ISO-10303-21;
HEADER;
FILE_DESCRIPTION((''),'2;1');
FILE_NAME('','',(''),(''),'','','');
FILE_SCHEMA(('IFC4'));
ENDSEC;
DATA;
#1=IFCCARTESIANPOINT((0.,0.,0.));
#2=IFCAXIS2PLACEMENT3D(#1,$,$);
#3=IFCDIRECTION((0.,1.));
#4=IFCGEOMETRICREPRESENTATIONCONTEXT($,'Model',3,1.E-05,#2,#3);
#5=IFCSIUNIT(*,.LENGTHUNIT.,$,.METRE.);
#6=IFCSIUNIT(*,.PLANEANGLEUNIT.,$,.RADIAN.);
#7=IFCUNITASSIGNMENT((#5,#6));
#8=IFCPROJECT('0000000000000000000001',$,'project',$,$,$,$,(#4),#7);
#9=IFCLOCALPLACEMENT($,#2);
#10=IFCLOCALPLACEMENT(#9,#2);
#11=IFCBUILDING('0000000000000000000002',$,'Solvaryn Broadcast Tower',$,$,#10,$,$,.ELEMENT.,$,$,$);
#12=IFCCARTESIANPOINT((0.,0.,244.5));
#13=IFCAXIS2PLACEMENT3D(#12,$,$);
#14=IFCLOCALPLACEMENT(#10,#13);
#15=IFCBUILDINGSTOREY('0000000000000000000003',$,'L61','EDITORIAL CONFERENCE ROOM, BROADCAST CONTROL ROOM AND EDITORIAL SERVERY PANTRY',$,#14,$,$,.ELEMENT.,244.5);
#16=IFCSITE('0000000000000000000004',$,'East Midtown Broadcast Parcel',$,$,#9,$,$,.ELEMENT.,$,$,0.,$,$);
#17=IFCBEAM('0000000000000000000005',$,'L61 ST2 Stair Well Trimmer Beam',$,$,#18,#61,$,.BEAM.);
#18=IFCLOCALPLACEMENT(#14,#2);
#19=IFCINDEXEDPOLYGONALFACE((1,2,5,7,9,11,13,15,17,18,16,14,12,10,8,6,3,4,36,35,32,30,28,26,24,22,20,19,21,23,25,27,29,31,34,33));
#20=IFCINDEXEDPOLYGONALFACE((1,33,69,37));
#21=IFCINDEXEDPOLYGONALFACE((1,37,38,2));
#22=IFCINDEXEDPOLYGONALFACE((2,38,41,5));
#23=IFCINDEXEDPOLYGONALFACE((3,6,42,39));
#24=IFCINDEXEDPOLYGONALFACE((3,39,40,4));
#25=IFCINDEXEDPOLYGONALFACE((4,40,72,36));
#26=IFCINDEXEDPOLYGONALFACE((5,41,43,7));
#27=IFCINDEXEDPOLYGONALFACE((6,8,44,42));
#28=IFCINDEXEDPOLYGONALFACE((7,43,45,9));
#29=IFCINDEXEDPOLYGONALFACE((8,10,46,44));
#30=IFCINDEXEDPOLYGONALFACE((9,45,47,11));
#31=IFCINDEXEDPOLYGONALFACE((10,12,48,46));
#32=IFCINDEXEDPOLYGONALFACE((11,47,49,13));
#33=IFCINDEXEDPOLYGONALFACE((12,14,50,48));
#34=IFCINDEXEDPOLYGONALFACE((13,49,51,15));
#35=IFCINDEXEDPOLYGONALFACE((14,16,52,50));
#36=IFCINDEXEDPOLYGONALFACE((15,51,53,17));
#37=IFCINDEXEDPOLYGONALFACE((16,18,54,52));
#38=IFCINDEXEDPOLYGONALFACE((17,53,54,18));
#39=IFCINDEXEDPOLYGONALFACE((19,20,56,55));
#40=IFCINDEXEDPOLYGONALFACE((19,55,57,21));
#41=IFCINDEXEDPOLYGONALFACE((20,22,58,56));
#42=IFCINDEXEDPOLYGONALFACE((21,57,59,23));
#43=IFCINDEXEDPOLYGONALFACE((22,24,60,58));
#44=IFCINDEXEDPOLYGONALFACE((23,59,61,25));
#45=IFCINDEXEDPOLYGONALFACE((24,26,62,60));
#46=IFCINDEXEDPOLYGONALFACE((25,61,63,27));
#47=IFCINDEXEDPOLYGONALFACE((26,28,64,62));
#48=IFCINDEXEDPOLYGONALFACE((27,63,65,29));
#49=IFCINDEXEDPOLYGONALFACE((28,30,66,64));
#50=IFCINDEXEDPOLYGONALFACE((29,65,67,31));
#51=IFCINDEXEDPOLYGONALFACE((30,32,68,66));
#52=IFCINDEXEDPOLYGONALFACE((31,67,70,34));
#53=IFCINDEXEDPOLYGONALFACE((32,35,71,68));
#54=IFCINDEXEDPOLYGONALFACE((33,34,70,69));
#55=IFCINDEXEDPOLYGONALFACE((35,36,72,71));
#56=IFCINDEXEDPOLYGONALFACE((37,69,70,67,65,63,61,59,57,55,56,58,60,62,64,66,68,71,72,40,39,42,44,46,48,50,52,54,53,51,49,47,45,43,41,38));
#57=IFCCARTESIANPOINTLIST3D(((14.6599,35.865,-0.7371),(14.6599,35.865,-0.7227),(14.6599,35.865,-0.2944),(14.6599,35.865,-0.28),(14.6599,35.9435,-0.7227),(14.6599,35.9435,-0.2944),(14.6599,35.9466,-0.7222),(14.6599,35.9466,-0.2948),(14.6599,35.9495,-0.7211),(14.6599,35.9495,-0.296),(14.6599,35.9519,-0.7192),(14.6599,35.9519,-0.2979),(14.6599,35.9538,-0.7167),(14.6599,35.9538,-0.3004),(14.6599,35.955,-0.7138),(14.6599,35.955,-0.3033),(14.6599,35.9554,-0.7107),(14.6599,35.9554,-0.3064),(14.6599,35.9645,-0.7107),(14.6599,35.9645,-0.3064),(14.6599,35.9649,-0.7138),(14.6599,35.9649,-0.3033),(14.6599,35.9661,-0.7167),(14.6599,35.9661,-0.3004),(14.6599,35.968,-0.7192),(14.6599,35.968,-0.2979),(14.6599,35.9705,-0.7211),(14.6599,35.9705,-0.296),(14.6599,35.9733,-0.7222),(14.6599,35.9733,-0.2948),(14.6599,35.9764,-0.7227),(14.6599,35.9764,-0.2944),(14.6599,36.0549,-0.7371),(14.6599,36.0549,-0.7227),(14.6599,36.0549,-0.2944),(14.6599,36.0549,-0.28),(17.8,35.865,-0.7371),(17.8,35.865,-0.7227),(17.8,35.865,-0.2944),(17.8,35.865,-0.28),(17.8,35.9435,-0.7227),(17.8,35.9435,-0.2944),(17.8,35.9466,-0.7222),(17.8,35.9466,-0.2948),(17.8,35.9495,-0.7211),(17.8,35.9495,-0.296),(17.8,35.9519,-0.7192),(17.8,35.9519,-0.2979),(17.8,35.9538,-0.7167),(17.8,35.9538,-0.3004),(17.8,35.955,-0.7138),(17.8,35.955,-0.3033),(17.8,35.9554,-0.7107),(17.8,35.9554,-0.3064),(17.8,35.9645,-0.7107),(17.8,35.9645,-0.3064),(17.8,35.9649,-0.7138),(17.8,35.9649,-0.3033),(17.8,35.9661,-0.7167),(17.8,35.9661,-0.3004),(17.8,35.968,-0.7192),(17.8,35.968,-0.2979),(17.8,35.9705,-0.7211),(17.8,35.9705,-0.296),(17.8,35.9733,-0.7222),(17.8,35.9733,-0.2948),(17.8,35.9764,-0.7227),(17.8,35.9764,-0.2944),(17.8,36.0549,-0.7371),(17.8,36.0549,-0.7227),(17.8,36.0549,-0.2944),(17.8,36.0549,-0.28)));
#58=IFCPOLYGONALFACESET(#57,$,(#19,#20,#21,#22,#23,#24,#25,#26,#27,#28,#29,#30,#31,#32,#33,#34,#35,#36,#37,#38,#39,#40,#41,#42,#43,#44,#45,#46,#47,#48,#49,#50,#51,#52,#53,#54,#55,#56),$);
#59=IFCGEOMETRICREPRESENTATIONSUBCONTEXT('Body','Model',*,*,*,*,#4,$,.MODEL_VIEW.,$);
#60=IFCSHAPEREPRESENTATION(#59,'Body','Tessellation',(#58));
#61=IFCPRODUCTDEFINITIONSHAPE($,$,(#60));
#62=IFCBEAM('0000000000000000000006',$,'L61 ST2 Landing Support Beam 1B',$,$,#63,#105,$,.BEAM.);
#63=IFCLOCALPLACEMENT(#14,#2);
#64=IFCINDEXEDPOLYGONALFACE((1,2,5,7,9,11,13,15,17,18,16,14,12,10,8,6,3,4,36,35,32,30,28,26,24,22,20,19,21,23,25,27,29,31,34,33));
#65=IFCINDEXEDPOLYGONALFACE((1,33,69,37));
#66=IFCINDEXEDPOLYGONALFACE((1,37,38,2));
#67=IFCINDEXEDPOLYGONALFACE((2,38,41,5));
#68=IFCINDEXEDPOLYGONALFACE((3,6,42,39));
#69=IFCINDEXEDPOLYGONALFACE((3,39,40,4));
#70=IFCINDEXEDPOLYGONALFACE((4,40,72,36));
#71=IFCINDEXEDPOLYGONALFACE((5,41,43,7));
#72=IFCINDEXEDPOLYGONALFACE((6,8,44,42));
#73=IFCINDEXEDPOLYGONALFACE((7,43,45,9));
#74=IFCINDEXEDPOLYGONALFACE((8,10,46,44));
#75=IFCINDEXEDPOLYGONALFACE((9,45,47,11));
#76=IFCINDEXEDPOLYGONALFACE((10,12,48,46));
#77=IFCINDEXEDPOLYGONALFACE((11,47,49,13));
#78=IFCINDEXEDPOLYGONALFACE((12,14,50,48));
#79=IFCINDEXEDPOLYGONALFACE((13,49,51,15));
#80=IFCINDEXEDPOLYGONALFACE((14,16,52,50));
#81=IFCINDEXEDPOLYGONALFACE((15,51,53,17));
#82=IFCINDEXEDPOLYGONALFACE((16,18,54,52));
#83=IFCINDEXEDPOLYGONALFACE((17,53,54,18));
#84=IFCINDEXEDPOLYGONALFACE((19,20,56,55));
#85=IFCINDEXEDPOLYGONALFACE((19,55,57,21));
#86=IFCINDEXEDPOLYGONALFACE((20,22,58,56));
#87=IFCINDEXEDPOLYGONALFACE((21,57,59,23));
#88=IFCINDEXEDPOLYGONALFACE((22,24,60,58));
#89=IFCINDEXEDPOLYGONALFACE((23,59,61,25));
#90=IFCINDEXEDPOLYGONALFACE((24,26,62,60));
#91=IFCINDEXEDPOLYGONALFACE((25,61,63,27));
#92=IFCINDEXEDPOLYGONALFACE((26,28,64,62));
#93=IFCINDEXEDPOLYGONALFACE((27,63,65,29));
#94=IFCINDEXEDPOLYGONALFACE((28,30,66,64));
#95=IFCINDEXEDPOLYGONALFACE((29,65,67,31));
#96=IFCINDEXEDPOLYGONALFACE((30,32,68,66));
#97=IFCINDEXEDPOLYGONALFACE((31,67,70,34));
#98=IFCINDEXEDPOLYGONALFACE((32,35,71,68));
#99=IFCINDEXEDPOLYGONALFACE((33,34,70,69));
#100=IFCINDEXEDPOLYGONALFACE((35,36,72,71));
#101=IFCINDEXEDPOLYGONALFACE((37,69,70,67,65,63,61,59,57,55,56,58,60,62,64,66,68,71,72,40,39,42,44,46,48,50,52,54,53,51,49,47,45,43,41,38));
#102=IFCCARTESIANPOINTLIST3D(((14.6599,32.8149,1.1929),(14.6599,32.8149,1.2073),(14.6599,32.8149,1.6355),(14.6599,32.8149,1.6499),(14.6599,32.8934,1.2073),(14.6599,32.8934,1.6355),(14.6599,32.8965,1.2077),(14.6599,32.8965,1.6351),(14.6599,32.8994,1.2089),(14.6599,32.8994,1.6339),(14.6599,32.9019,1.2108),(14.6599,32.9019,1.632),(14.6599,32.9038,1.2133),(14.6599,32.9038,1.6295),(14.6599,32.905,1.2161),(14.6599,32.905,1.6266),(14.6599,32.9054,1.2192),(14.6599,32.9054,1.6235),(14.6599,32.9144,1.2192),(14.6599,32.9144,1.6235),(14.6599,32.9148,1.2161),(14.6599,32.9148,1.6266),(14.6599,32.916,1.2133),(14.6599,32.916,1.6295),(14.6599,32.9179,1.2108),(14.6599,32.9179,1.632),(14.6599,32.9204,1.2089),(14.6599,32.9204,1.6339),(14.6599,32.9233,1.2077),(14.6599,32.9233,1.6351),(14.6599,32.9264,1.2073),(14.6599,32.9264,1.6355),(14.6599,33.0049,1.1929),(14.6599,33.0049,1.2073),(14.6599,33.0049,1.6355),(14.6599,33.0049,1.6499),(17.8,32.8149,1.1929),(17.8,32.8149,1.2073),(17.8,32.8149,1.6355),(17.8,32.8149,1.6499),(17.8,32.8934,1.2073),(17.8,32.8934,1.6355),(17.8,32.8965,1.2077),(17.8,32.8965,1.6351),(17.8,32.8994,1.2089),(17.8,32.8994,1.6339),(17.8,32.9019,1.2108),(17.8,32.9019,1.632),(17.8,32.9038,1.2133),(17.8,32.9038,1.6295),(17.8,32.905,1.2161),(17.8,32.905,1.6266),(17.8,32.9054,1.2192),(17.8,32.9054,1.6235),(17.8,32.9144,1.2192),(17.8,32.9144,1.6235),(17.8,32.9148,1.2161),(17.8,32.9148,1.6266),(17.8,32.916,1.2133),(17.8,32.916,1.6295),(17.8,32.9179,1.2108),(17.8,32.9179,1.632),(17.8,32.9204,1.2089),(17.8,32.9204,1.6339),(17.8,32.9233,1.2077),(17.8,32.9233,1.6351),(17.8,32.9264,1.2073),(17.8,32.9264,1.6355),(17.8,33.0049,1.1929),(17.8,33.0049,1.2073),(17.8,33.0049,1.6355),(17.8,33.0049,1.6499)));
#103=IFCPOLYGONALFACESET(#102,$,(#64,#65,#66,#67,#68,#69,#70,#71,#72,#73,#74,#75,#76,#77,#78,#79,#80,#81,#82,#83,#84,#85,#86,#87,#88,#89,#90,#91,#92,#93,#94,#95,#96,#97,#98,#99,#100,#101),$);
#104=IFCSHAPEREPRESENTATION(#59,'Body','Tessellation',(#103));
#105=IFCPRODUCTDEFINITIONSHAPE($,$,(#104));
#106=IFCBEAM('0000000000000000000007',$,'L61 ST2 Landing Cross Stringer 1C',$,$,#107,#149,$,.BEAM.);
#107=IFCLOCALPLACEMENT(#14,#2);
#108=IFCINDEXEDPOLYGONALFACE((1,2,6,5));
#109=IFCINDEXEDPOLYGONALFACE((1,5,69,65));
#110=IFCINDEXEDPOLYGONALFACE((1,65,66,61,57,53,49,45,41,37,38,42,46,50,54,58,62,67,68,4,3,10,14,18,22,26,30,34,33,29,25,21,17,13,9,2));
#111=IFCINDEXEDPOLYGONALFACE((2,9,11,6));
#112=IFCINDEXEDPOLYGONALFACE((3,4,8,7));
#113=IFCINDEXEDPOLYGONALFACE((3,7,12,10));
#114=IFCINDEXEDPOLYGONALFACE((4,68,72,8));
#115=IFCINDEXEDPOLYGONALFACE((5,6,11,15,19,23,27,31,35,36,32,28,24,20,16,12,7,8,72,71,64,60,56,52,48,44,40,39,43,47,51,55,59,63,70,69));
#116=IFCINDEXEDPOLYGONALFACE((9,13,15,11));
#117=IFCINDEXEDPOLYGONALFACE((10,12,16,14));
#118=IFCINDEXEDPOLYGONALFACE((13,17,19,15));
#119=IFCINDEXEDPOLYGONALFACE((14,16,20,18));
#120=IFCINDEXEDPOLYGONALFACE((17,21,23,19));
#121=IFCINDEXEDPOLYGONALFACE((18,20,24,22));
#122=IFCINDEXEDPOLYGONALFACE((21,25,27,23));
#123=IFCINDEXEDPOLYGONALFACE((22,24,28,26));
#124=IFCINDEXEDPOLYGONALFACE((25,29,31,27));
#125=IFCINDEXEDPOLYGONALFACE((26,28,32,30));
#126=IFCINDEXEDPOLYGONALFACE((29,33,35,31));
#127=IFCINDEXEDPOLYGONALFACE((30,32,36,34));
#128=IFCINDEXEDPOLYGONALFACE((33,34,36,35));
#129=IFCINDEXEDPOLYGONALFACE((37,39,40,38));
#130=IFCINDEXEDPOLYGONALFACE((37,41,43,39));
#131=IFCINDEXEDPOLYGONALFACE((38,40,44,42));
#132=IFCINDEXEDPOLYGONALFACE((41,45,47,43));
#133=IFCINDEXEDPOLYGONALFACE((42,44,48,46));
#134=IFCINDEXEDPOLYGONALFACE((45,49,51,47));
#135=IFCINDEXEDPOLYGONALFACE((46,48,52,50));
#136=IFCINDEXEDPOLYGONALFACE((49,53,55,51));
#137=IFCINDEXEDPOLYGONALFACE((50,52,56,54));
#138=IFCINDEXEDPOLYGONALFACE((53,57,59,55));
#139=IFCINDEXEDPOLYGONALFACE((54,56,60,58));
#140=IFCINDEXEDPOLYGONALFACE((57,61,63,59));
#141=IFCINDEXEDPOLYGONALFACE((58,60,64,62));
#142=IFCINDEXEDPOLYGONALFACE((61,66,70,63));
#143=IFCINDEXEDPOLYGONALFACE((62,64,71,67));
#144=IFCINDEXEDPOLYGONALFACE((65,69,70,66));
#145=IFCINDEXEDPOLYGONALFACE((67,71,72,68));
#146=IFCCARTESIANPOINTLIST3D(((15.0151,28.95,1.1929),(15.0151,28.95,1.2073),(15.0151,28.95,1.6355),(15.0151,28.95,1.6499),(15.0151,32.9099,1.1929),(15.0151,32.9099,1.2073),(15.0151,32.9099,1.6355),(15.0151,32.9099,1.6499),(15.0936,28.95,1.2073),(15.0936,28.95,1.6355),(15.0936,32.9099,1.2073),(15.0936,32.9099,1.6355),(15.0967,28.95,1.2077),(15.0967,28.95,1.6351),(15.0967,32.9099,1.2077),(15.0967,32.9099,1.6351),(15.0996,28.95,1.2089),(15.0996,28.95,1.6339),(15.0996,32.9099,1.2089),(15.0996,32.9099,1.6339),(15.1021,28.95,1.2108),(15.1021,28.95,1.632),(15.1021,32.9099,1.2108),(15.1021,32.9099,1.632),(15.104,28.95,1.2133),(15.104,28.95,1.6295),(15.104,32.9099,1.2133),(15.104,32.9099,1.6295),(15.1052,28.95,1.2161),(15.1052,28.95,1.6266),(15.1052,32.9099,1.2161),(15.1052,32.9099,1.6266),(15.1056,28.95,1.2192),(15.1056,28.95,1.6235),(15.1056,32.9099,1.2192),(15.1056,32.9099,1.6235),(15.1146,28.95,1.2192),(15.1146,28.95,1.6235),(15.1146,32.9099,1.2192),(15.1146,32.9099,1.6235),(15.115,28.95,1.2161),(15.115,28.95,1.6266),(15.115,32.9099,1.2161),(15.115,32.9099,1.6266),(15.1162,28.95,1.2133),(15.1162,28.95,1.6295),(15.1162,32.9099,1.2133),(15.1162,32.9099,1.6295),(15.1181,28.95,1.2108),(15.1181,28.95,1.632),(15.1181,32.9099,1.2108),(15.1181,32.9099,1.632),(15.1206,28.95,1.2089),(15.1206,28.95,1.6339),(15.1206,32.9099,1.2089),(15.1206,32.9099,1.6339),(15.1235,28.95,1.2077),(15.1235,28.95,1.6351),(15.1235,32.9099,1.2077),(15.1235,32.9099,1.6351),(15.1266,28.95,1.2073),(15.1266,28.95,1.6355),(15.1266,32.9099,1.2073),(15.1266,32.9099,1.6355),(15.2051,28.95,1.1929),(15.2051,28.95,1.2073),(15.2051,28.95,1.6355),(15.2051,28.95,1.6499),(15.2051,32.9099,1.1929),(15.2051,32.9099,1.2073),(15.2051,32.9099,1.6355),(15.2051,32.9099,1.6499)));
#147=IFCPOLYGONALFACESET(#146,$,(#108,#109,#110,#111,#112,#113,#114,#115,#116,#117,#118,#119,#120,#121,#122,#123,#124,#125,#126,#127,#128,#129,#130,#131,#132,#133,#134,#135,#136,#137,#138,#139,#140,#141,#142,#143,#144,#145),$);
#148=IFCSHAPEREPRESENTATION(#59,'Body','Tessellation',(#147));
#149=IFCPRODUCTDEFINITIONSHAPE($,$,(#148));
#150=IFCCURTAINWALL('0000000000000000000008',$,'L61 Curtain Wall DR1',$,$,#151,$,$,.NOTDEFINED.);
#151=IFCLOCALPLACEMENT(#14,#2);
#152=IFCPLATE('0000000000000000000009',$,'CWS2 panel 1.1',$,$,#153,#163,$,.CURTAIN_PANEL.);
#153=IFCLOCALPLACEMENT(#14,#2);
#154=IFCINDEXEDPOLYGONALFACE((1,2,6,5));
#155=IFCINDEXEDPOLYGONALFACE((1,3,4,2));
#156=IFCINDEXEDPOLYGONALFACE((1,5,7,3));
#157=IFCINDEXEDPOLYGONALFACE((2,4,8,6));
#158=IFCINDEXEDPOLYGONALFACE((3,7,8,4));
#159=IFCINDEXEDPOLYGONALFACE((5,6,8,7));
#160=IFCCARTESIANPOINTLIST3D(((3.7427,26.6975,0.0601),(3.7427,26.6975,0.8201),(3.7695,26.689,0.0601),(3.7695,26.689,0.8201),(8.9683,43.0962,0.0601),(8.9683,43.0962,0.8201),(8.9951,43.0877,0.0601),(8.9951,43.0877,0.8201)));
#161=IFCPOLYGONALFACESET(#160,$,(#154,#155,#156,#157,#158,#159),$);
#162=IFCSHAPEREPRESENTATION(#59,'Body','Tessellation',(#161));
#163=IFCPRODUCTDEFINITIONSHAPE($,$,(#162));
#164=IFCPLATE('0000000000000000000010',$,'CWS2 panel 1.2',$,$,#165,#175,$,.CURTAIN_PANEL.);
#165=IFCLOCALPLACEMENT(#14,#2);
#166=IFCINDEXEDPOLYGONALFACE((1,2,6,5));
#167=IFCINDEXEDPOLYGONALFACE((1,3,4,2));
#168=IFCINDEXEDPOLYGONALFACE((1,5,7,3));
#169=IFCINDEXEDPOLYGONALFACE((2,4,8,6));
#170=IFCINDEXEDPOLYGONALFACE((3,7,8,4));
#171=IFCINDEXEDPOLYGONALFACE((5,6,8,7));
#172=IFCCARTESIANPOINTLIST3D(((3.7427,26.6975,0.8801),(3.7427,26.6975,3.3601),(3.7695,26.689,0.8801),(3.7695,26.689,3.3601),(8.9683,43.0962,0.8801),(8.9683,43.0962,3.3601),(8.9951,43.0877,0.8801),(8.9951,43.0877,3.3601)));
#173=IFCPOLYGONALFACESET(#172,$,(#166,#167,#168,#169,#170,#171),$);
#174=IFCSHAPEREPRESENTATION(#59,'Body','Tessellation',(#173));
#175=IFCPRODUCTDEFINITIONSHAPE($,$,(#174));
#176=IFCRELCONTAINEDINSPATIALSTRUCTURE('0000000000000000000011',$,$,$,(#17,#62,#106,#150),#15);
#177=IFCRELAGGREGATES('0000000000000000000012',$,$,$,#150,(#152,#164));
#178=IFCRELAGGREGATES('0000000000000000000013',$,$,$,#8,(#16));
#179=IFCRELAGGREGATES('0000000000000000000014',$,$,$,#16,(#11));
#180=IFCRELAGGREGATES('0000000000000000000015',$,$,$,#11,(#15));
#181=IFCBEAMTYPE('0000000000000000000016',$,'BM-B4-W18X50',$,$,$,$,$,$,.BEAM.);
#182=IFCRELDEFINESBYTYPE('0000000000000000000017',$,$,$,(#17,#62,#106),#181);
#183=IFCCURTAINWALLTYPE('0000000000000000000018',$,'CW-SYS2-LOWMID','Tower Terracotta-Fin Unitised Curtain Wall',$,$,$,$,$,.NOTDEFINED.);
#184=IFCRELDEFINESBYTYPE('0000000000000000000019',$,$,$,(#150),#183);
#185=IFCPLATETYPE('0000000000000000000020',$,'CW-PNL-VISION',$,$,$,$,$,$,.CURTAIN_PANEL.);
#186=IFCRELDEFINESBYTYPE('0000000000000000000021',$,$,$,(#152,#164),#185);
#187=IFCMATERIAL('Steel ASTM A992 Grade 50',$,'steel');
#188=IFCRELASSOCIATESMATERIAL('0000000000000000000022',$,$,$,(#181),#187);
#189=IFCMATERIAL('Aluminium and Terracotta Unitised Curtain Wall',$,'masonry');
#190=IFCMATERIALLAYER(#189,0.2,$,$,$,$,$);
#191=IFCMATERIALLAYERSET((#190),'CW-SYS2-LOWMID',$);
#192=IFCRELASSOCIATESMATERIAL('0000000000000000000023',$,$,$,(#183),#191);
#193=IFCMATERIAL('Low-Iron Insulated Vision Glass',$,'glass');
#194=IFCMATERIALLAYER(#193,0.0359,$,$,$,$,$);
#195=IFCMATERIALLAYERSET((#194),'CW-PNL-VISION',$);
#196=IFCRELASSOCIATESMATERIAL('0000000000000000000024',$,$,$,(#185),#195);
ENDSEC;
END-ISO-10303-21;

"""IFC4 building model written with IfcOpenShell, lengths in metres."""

from ifc_helpers import new_model, si_unit, direction, frame, origin, origin_2d, place, context, subcontext, project, spatial, rectangle, i_section, extrude, material, layer, layer_set, material_profile, profile_set, type_object, element, aggregate, save


model = new_model("IFC4")

# Units and contexts
model_context = context("Model", 3, precision=1e-05, world=origin(), true_north=direction((0.0, 1.0)))
body_context = subcontext(model_context, "Body", "Model", "MODEL_VIEW")
ifc_project = project(units=[si_unit("LENGTHUNIT", "METRE"), si_unit("PLANEANGLEUNIT", "RADIAN")], contexts=[model_context])

# Site, building, storey
site_placement = place(None, origin())
site = spatial("IfcSite", under=ifc_project, at=site_placement, Name="East Midtown Broadcast Parcel", CompositionType="ELEMENT", RefElevation=0.0)
building_placement = place(site_placement, origin())
building = spatial("IfcBuilding", under=site, at=building_placement, Name="Solvaryn Broadcast Tower", CompositionType="ELEMENT")
storey_placement = place(building_placement, frame((0.0, 0.0, 244.5)))
storey = spatial("IfcBuildingStorey", under=building, at=storey_placement, Name="L61", Description="EDITORIAL CONFERENCE ROOM, BROADCAST CONTROL ROOM AND EDITORIAL SERVERY PANTRY", CompositionType="ELEMENT", Elevation=244.5)

# Beams
ifc_material_1 = material(Name="Steel ASTM A992 Grade 50", Category="steel")
ifc_material_profile_1 = material_profile(ifc_material_1, i_section(OverallWidth=0.1899, OverallDepth=0.457, WebThickness=0.009, FlangeThickness=0.0144, FilletRadius=0.012, at=origin_2d()))
ifc_profile_set_1 = profile_set([ifc_material_profile_1], Name="Steel ASTM A992 Grade 50")
beam_type_1 = type_object("IfcBeamType", Name="BM-B4-W18X50", PredefinedType="BEAM", material=ifc_profile_set_1)
for number, where, z_axis, x_axis, name in (
    (1, (14.6599, 35.96, -0.5085), (1.0, 0.0, 0.0), (0.0, 1.0, 0.0), "L61 ST2 Stair Well Trimmer Beam"),
    (2, (14.6599, 32.9099, 1.4214), (1.0, 0.0, 0.0), (0.0, 1.0, 0.0), "L61 ST2 Landing Support Beam 1B"),
):
    element("IfcBeam", number, at=place(storey_placement, frame(where, z_axis=z_axis, x_axis=x_axis)), inside=storey, type_object=beam_type_1, Name=name, PredefinedType="BEAM", context=body_context, shape_type="SweptSolid", body=[
        extrude(i_section(OverallWidth=0.1899, OverallDepth=0.457, WebThickness=0.009, FlangeThickness=0.0144, FilletRadius=0.012, at=origin_2d()), origin(), (0.0, 0.0, 1.0), 3.1401),
    ])
beam_1_placement = place(storey_placement, frame((15.1101, 28.95, 1.4214), z_axis=(0.0, 1.0, 0.0), x_axis=(-1.0, 0.0, 0.0)))
element("IfcBeam", 3, at=beam_1_placement, inside=storey, type_object=beam_type_1, Name="L61 ST2 Landing Cross Stringer 1C", PredefinedType="BEAM", context=body_context, shape_type="SweptSolid", body=[
    extrude(i_section(OverallWidth=0.1899, OverallDepth=0.457, WebThickness=0.009, FlangeThickness=0.0144, FilletRadius=0.012, at=origin_2d()), origin(), (0.0, 0.0, 1.0), 3.96),
])

# Curtain wall, plates
ifc_material_2 = material(Name="Aluminium and Terracotta Unitised Curtain Wall", Category="masonry")
ifc_layer_1 = layer(ifc_material_2, 0.2)
ifc_layer_set_1 = layer_set([ifc_layer_1], Name="CW-SYS2-LOWMID")
curtain_wall_type = type_object("IfcCurtainWallType", Name="CW-SYS2-LOWMID", Description="Tower Terracotta-Fin Unitised Curtain Wall", PredefinedType="NOTDEFINED", material=ifc_layer_set_1)
curtain_wall_placement = place(storey_placement, origin())
curtain_wall = element("IfcCurtainWall", 4, at=curtain_wall_placement, inside=storey, type_object=curtain_wall_type, Name="L61 Curtain Wall DR1", PredefinedType="NOTDEFINED")
ifc_material_3 = material(Name="Low-Iron Insulated Vision Glass", Category="glass")
ifc_layer_2 = layer(ifc_material_3, 0.0359)
ifc_layer_set_2 = layer_set([ifc_layer_2], Name="CW-PNL-VISION")
plate_type = type_object("IfcPlateType", Name="CW-PNL-VISION", PredefinedType="CURTAIN_PANEL", material=ifc_layer_set_2)
plate_1_placement = place(storey_placement, frame((6.3689, 34.8926, 0.0601), z_axis=(0.0, 0.0, 1.0), x_axis=(-0.303616, -0.952795, 0.0)))
plate_1 = element("IfcPlate", 5, at=plate_1_placement, type_object=plate_type, Name="CWS2 panel 1.1", PredefinedType="CURTAIN_PANEL", context=body_context, shape_type="SweptSolid", body=[
    extrude(rectangle(XDim=17.2112, YDim=0.0281, at=origin_2d()), origin(), (0.0, 0.0, 1.0), 0.76),
])
plate_2_placement = place(storey_placement, frame((6.3689, 34.8926, 0.8801), z_axis=(0.0, 0.0, 1.0), x_axis=(-0.303616, -0.952795, 0.0)))
plate_2 = element("IfcPlate", 6, at=plate_2_placement, type_object=plate_type, Name="CWS2 panel 1.2", PredefinedType="CURTAIN_PANEL", context=body_context, shape_type="SweptSolid", body=[
    extrude(rectangle(XDim=17.2112, YDim=0.0281, at=origin_2d()), origin(), (0.0, 0.0, 1.0), 2.48),
])
aggregate(curtain_wall, [plate_1, plate_2])

save(model, "model.ifc")
